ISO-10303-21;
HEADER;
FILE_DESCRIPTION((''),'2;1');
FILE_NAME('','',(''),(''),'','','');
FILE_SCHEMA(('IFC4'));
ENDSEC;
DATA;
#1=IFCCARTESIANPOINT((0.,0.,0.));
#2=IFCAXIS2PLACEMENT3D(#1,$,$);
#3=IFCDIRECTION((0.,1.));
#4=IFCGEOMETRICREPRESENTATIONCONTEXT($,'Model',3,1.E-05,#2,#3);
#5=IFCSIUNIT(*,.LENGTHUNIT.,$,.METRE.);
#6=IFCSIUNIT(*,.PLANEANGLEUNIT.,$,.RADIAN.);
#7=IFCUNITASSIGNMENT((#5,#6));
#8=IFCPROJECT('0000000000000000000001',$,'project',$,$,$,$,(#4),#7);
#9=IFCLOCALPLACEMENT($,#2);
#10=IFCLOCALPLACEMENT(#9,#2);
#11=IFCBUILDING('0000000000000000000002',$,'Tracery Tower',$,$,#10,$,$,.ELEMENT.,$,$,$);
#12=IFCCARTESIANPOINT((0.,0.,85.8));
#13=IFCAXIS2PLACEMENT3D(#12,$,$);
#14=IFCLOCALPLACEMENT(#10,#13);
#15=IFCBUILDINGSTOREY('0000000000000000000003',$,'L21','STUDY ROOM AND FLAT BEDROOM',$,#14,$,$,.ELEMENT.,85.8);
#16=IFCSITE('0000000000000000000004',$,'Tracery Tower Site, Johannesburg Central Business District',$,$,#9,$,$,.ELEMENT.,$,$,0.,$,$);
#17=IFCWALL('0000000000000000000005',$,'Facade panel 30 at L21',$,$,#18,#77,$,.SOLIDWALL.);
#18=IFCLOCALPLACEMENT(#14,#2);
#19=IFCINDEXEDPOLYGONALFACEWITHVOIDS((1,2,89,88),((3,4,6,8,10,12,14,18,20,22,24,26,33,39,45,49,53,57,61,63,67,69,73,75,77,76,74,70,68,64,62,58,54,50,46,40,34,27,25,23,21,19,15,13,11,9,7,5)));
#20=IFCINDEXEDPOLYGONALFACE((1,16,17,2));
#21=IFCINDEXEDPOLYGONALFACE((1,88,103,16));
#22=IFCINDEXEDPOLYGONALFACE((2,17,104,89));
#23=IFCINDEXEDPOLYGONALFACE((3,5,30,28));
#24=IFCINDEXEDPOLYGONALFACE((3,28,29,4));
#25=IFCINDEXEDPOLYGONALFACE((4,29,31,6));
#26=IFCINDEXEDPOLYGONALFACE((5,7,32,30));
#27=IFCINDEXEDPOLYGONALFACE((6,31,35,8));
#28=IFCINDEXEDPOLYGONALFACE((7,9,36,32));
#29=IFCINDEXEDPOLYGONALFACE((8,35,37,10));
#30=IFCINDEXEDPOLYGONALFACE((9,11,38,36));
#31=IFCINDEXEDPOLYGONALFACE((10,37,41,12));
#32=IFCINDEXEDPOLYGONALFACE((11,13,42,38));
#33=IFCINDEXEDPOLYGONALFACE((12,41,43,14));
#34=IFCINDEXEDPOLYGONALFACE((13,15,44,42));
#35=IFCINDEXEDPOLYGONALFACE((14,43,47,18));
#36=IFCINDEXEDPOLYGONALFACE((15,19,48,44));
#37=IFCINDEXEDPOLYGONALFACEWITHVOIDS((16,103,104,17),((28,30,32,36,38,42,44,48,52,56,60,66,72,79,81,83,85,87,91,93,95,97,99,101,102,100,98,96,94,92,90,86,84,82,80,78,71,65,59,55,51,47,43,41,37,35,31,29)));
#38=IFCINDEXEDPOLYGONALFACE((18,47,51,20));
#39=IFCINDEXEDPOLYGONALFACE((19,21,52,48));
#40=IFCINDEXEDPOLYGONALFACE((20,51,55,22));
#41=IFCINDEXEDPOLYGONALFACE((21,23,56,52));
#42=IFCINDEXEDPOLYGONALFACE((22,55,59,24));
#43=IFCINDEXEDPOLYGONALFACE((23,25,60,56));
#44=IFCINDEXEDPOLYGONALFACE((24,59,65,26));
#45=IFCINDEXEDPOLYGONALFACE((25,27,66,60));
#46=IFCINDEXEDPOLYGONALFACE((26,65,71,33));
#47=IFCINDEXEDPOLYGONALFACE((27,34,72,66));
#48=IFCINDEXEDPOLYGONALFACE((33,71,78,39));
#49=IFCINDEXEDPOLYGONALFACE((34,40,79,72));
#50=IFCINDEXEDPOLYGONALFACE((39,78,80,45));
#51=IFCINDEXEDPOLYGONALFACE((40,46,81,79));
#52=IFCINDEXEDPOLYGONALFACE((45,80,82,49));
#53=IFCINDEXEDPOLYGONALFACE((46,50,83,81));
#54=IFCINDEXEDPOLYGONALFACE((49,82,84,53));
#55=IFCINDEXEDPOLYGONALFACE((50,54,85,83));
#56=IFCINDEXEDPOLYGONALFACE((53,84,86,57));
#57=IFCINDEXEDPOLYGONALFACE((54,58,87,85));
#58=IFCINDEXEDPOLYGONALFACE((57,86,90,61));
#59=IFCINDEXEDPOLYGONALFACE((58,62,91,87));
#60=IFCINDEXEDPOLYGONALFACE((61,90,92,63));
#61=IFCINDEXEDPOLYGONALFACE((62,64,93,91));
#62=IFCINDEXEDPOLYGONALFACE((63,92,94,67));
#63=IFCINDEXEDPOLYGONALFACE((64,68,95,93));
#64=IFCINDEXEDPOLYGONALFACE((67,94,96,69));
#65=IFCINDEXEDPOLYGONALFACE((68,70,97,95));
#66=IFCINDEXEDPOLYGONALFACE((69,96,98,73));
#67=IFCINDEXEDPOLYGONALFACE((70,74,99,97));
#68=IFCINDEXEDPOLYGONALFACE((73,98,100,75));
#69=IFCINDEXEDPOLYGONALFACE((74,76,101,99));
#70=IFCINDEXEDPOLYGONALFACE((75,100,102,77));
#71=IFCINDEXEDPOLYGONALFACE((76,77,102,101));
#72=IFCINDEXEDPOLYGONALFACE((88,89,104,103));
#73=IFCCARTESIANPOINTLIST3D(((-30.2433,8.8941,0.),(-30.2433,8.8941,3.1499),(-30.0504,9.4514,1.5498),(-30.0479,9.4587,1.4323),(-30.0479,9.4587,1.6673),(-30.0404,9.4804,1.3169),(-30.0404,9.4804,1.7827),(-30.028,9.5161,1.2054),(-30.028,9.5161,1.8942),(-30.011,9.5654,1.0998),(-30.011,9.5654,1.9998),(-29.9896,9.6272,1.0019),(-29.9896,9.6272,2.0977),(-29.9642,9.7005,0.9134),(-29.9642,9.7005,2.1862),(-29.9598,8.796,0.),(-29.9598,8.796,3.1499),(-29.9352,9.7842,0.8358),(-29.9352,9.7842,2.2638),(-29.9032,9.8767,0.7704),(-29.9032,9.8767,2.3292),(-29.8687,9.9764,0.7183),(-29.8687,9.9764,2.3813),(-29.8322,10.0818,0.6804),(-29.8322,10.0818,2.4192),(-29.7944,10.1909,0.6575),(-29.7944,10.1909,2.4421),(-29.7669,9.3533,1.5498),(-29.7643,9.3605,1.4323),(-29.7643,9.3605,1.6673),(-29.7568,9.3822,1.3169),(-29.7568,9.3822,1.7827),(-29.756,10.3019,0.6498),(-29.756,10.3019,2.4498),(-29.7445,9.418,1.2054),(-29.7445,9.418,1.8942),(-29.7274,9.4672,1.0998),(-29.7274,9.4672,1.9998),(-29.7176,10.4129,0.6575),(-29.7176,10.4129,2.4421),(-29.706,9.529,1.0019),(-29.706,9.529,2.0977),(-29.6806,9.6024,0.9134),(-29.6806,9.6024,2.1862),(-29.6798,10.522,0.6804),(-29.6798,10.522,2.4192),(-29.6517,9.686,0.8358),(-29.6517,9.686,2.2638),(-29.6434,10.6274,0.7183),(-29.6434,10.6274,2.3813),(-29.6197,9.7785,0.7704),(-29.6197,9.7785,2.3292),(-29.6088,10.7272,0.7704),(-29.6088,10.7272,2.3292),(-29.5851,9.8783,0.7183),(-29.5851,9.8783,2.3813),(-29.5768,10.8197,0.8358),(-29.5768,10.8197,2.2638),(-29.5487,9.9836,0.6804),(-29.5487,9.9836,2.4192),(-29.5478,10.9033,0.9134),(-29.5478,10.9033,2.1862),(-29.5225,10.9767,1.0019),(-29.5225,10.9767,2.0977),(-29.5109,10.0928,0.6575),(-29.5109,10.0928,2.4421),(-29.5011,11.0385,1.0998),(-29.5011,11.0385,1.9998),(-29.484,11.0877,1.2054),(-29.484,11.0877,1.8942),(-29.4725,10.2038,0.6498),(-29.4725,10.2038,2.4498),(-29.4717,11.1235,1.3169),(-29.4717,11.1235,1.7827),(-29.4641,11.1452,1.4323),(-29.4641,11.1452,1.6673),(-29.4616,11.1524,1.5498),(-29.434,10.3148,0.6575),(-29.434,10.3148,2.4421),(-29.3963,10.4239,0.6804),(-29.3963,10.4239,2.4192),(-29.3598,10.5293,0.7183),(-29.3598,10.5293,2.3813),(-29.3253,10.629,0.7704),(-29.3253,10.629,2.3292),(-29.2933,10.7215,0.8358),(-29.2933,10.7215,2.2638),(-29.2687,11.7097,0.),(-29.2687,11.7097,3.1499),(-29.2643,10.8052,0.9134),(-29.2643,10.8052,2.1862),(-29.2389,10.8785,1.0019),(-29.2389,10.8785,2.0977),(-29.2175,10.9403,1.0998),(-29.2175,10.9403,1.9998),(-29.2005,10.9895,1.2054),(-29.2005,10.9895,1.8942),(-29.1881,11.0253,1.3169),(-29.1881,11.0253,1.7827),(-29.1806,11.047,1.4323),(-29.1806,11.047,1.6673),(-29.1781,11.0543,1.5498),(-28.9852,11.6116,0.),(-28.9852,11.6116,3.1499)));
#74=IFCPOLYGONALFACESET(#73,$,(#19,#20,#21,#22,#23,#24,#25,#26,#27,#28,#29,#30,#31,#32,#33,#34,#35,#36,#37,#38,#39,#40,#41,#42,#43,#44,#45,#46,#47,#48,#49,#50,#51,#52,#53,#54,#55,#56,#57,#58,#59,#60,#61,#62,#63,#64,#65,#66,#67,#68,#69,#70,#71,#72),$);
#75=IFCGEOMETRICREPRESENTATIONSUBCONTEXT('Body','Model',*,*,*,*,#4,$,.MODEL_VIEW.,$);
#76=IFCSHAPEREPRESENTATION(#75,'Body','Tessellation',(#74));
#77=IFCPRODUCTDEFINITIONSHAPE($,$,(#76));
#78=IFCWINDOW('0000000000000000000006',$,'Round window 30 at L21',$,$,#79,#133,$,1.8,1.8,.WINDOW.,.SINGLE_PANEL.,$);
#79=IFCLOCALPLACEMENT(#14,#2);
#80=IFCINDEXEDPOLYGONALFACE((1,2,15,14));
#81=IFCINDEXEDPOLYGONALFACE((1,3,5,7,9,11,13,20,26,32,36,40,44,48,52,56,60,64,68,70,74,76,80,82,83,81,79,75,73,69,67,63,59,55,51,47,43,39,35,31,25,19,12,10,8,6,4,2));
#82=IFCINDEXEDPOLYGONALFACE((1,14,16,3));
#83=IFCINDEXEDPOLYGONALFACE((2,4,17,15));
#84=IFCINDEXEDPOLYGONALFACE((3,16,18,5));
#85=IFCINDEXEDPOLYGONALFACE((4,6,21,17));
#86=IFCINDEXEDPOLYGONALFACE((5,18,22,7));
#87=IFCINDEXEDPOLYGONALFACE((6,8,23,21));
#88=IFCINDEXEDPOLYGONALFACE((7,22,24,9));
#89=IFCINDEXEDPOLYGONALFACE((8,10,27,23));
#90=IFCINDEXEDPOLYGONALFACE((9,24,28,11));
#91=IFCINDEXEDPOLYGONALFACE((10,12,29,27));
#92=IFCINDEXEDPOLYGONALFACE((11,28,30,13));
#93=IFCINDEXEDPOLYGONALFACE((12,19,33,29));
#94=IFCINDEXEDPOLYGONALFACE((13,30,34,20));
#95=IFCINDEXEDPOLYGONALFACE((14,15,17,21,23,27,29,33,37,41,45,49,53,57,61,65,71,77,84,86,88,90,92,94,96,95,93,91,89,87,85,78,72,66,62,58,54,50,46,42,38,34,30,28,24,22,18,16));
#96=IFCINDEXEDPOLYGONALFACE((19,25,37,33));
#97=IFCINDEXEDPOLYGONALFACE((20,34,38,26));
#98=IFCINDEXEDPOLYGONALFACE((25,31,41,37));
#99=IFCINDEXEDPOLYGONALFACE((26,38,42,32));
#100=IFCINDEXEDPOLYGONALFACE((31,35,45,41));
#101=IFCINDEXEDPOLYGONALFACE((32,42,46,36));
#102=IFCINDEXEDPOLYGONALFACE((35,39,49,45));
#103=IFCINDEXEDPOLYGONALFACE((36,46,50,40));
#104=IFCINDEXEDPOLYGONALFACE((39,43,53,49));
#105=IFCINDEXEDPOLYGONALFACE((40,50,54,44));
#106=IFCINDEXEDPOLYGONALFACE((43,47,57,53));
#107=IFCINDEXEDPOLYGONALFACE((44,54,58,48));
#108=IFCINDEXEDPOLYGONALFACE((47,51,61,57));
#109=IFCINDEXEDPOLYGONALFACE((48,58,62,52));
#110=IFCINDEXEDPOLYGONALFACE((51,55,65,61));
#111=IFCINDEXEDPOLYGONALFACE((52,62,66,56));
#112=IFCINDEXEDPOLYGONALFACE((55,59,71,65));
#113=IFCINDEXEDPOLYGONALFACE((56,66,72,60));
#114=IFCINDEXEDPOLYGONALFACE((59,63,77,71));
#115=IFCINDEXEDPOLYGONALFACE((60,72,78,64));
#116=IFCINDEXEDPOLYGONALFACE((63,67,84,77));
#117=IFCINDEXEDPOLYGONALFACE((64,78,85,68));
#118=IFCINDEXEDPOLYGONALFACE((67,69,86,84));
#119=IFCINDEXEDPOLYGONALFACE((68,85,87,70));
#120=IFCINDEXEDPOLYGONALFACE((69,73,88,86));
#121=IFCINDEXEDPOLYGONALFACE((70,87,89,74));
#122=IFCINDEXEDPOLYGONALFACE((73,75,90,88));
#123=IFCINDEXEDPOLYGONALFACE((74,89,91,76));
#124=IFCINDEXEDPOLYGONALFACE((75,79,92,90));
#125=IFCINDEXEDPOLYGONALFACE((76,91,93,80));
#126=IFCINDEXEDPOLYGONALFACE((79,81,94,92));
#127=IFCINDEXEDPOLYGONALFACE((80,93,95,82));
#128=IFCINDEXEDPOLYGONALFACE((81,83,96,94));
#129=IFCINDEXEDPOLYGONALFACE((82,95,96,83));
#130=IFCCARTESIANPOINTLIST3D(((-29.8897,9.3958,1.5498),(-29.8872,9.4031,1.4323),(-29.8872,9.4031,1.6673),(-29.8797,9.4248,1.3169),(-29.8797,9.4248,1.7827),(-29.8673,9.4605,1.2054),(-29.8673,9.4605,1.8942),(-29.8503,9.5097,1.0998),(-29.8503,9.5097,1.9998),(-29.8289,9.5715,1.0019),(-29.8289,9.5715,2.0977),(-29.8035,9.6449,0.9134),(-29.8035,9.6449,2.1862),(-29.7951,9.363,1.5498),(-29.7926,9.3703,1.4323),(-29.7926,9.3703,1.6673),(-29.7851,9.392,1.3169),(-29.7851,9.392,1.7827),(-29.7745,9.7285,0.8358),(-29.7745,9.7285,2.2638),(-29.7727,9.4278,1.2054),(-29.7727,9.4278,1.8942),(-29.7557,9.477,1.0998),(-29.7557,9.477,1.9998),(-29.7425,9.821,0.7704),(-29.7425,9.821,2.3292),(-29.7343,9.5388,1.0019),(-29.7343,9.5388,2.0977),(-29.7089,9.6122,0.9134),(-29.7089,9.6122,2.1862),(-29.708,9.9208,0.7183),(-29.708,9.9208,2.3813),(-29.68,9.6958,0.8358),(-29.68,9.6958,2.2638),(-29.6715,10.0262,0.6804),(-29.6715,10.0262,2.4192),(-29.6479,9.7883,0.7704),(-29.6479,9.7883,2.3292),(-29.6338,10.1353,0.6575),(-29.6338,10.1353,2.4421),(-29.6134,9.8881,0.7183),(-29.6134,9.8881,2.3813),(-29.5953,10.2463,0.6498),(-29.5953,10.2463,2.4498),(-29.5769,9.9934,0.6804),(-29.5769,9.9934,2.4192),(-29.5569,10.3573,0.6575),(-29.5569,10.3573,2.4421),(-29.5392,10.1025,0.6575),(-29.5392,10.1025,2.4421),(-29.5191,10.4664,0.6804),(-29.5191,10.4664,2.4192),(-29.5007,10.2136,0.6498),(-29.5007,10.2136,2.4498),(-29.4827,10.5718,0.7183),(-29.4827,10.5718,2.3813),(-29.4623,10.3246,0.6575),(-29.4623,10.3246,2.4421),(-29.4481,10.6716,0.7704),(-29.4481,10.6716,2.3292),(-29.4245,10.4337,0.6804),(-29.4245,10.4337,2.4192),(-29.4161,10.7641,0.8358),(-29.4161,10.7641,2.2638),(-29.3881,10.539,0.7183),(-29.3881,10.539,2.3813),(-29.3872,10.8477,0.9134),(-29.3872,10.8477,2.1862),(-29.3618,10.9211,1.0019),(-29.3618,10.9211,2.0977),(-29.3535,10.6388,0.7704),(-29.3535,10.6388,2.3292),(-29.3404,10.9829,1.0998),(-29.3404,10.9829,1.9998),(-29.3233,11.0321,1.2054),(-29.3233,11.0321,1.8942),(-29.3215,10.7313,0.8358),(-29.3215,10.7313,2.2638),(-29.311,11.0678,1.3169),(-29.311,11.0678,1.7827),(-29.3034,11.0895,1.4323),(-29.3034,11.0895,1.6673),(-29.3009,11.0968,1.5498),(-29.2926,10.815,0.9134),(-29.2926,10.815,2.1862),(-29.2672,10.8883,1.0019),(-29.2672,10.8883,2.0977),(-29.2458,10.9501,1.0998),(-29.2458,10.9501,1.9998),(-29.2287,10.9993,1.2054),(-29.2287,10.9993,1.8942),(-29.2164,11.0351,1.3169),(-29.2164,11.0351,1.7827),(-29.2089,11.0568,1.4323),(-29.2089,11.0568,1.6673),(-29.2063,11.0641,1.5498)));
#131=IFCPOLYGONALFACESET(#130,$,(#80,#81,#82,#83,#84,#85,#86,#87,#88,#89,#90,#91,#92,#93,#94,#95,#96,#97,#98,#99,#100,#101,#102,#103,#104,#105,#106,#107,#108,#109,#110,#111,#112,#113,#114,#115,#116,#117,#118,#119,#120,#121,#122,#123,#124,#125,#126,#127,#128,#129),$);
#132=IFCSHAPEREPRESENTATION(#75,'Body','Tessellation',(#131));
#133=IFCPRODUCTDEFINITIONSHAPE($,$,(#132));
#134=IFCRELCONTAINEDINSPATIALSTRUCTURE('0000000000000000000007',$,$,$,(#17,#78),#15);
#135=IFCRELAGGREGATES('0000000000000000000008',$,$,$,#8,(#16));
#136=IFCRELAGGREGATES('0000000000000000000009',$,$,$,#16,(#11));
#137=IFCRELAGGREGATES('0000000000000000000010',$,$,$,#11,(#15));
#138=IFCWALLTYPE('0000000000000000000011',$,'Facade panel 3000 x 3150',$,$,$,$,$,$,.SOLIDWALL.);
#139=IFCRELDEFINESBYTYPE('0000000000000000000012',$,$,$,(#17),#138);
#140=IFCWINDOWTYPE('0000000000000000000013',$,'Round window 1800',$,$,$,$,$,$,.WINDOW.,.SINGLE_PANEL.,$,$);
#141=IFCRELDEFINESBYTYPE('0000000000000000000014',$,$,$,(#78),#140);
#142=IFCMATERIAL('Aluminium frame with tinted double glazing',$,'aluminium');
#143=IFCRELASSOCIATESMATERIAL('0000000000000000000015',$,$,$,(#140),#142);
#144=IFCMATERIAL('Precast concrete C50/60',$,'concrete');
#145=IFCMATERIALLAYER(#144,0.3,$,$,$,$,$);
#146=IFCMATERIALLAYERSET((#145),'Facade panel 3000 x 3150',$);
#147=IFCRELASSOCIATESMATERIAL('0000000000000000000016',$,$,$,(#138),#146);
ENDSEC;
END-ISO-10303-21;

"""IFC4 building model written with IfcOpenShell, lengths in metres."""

from ifc_helpers import new_model, si_unit, direction, frame, frame_2d, origin, origin_2d, place, context, subcontext, project, spatial, rectangle, circle, extrude, material, layer, layer_set, type_object, element, fill, save


model = new_model("IFC4")

# Units and contexts
model_context = context("Model", 3, precision=1e-05, world=origin(), true_north=direction((0.0, 1.0)))
body_context = subcontext(model_context, "Body", "Model", "MODEL_VIEW")
ifc_project = project(units=[si_unit("LENGTHUNIT", "METRE"), si_unit("PLANEANGLEUNIT", "RADIAN")], contexts=[model_context])

# Site, building, storey
site_placement = place(None, origin())
site = spatial("IfcSite", under=ifc_project, at=site_placement, Name="Tracery Tower Site, Johannesburg Central Business District", CompositionType="ELEMENT", RefElevation=0.0)
building_placement = place(site_placement, origin())
building = spatial("IfcBuilding", under=site, at=building_placement, Name="Tracery Tower", CompositionType="ELEMENT")
storey_placement = place(building_placement, frame((0.0, 0.0, 85.8)))
storey = spatial("IfcBuildingStorey", under=building, at=storey_placement, Name="L21", Description="STUDY ROOM AND FLAT BEDROOM", CompositionType="ELEMENT", Elevation=85.8)

# Wall, opening, window
ifc_material_1 = material(Name="Aluminium frame with tinted double glazing", Category="aluminium")
window_type = type_object("IfcWindowType", Name="Round window 1800", PartitioningType="SINGLE_PANEL", PredefinedType="WINDOW", material=ifc_material_1)
ifc_material_2 = material(Name="Precast concrete C50/60", Category="concrete")
ifc_layer_1 = layer(ifc_material_2, 0.3)
ifc_layer_set_1 = layer_set([ifc_layer_1], Name="Facade panel 3000 x 3150")
wall_type_1 = type_object("IfcWallType", Name="Facade panel 3000 x 3150", PredefinedType="SOLIDWALL", material=ifc_layer_set_1)
wall_1_placement = place(storey_placement, frame((-29.127, 11.6606, 0.0), z_axis=(0.0, 0.0, 1.0), x_axis=(-0.327096, -0.944991, 0.0)))
wall_1 = element("IfcWall", 1, at=wall_1_placement, inside=storey, type_object=wall_type_1, Name="Facade panel 30 at L21", PredefinedType="SOLIDWALL", context=body_context, shape_type="SweptSolid", body=[
    extrude(rectangle(XDim=2.9795, YDim=0.3, at=frame_2d((1.4897, 0.0))), origin(), (0.0, 0.0, 1.0), 3.1499),
])
opening_1_placement = place(wall_1_placement, frame((1.4897, 0.0, 1.5498)))
opening_1 = element("IfcOpeningElement", 2, at=opening_1_placement, cuts=wall_1, PredefinedType="OPENING", context=body_context, shape_type="SweptSolid", body=[
    extrude(circle(Radius=0.9, at=origin_2d()), frame((0.0, 0.1599, 0.0), z_axis=(0.0, -1.0, 0.0), x_axis=(1.0, 0.0, 0.0)), (0.0, 0.0, 1.0), 0.3201),
])
window_1_placement = place(opening_1_placement, origin())
window_1 = element("IfcWindow", 3, at=window_1_placement, inside=storey, type_object=window_type, Name="Round window 30 at L21", OverallHeight=1.8, OverallWidth=1.8, PartitioningType="SINGLE_PANEL", PredefinedType="WINDOW", context=body_context, shape_type="SweptSolid", body=[
    extrude(circle(Radius=0.9, at=origin_2d()), frame((0.0, 0.1201, 0.0), z_axis=(0.0, -1.0, 0.0), x_axis=(1.0, 0.0, 0.0)), (0.0, 0.0, 1.0), 0.1001),
])
fill(opening_1, window_1)

save(model, "model.ifc")
